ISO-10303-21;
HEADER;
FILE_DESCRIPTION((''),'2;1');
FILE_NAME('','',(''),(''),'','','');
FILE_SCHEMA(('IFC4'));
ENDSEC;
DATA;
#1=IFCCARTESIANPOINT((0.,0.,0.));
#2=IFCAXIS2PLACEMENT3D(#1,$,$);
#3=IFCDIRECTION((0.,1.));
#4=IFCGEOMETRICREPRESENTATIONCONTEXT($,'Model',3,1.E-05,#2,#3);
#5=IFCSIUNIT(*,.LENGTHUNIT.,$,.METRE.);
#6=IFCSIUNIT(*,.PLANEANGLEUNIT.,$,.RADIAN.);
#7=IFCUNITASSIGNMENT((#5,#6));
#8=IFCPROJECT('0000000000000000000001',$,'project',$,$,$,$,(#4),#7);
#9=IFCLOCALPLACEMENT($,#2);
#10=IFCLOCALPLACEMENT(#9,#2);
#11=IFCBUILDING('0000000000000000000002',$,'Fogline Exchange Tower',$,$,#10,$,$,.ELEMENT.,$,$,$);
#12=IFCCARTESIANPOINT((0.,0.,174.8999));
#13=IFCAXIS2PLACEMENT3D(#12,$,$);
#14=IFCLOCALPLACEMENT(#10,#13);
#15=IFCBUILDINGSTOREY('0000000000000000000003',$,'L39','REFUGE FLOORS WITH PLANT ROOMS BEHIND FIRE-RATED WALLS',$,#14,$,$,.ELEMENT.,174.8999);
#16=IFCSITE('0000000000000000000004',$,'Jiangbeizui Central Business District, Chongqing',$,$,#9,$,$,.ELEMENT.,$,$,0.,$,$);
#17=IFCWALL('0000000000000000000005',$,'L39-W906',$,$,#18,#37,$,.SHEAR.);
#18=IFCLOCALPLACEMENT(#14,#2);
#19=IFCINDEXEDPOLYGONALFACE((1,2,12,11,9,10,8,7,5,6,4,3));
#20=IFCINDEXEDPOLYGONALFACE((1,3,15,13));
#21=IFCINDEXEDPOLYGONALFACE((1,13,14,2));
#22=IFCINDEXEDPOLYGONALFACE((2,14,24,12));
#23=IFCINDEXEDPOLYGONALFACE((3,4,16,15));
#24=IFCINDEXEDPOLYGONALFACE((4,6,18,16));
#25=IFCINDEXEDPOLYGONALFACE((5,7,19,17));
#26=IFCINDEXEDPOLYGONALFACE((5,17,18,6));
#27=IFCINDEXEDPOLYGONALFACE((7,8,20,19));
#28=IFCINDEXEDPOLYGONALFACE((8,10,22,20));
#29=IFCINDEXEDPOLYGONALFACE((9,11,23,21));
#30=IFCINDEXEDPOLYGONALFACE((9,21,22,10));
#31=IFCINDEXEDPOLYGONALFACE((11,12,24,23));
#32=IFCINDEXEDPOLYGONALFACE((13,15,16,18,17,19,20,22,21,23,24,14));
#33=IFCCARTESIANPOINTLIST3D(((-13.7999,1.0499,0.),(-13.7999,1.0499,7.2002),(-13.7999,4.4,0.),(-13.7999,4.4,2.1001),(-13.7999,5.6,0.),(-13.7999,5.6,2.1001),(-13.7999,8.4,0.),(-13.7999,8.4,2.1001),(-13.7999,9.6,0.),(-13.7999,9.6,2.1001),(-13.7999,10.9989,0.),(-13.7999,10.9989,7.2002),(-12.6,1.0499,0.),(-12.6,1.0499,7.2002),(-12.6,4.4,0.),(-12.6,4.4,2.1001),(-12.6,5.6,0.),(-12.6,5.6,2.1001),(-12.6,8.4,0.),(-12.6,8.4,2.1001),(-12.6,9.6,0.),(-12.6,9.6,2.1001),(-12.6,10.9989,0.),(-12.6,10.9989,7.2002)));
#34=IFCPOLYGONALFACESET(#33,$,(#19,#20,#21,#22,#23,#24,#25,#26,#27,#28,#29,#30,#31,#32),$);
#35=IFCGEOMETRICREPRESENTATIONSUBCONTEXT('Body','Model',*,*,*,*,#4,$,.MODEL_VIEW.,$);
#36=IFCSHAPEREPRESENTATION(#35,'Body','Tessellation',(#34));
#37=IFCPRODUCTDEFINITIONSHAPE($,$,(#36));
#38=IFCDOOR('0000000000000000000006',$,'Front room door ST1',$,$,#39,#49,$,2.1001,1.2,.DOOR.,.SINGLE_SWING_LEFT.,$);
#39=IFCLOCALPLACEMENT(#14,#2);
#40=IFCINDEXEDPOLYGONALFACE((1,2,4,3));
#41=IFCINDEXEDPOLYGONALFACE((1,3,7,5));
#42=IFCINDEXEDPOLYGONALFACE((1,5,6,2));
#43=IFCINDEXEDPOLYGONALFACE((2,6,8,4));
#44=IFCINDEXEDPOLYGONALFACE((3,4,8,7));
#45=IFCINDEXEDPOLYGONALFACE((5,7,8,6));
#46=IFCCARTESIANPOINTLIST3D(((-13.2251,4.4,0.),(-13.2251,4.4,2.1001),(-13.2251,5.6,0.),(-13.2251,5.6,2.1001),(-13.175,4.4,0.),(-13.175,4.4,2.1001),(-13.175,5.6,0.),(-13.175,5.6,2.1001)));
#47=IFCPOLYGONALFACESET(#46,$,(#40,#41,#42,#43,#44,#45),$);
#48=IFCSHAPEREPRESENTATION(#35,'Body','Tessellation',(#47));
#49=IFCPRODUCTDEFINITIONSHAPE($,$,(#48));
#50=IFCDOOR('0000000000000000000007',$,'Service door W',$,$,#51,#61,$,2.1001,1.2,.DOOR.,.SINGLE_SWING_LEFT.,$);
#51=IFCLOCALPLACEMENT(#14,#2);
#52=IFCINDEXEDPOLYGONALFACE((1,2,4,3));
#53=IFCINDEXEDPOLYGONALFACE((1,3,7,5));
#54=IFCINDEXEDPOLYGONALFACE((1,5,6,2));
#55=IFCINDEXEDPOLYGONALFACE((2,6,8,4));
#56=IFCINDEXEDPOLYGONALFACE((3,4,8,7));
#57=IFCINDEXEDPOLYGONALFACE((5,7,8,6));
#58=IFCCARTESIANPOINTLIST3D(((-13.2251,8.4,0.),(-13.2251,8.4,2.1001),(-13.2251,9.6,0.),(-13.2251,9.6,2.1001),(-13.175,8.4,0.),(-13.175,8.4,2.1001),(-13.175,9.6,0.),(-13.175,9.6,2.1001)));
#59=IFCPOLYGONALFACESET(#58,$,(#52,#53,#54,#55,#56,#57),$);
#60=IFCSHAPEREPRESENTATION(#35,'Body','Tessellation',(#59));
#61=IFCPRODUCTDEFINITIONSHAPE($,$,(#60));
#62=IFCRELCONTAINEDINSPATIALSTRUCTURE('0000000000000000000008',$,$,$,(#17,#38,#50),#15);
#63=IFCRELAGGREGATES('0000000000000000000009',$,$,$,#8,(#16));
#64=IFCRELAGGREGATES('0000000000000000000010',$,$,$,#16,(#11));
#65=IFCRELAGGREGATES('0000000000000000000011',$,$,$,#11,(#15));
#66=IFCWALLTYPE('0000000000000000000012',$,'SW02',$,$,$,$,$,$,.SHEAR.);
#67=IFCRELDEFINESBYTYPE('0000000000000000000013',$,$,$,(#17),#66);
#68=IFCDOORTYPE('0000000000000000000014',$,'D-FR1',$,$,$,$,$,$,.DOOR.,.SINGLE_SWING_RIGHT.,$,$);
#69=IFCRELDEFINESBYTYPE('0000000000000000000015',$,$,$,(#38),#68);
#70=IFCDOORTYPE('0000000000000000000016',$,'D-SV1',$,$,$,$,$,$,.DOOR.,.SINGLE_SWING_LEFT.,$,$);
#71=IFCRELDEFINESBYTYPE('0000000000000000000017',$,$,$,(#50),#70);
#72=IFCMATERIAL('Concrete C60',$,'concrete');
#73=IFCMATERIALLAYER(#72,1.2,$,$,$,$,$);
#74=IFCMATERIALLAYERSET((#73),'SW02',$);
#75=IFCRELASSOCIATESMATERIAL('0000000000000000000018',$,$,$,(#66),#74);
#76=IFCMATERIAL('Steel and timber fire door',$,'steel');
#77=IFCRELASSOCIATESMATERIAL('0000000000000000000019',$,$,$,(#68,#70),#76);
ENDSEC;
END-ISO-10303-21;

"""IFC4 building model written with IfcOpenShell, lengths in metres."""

from ifc_helpers import new_model, si_unit, direction, frame, frame_2d, origin, place, context, subcontext, project, spatial, rectangle, extrude, material, layer, layer_set, type_object, element, fill, save


model = new_model("IFC4")

# Units and contexts
model_context = context("Model", 3, precision=1e-05, world=origin(), true_north=direction((0.0, 1.0)))
body_context = subcontext(model_context, "Body", "Model", "MODEL_VIEW")
ifc_project = project(units=[si_unit("LENGTHUNIT", "METRE"), si_unit("PLANEANGLEUNIT", "RADIAN")], contexts=[model_context])

# Site, building, storey
site_placement = place(None, origin())
site = spatial("IfcSite", under=ifc_project, at=site_placement, Name="Jiangbeizui Central Business District, Chongqing", CompositionType="ELEMENT", RefElevation=0.0)
building_placement = place(site_placement, origin())
building = spatial("IfcBuilding", under=site, at=building_placement, Name="Fogline Exchange Tower", CompositionType="ELEMENT")
storey_placement = place(building_placement, frame((0.0, 0.0, 174.8999)))
storey = spatial("IfcBuildingStorey", under=building, at=storey_placement, Name="L39", Description="REFUGE FLOORS WITH PLANT ROOMS BEHIND FIRE-RATED WALLS", CompositionType="ELEMENT", Elevation=174.8999)

# Shared definitions
ifc_material_1 = material(Name="Steel and timber fire door", Category="steel")

# Wall, openings, doors
ifc_material_2 = material(Name="Concrete C60", Category="concrete")
ifc_layer_1 = layer(ifc_material_2, 1.2)
ifc_layer_set_1 = layer_set([ifc_layer_1], Name="SW02")
wall_type_1 = type_object("IfcWallType", Name="SW02", PredefinedType="SHEAR", material=ifc_layer_set_1)
wall_1_placement = place(storey_placement, frame((-13.2, 10.999, 0.0), z_axis=(0.0, 0.0, 1.0), x_axis=(0.0, -1.0, 0.0)))
wall_1 = element("IfcWall", 1, at=wall_1_placement, inside=storey, type_object=wall_type_1, Name="L39-W906", PredefinedType="SHEAR", context=body_context, shape_type="SweptSolid", body=[
    extrude(rectangle(XDim=9.949, YDim=1.2, at=frame_2d((4.9746, 0.0))), origin(), (0.0, 0.0, 1.0), 7.2002),
])
opening_1_placement = place(wall_1_placement, frame((5.3989, 0.0, 0.0)))
opening_1 = element("IfcOpeningElement", 2, at=opening_1_placement, cuts=wall_1, PredefinedType="OPENING", context=body_context, shape_type="SweptSolid", body=[
    extrude(rectangle(XDim=1.2, YDim=2.1001, at=frame_2d((0.6001, 1.05))), frame((0.0, 0.6099, 0.0), z_axis=(0.0, -1.0, 0.0), x_axis=(1.0, 0.0, 0.0)), (0.0, 0.0, 1.0), 1.22),
])
opening_2_placement = place(wall_1_placement, frame((1.3989, 0.0, 0.0)))
opening_2 = element("IfcOpeningElement", 3, at=opening_2_placement, cuts=wall_1, PredefinedType="OPENING", context=body_context, shape_type="SweptSolid", body=[
    extrude(rectangle(XDim=1.2, YDim=2.1001, at=frame_2d((0.6001, 1.05))), frame((0.0, 0.6099, 0.0), z_axis=(0.0, -1.0, 0.0), x_axis=(1.0, 0.0, 0.0)), (0.0, 0.0, 1.0), 1.22),
])
door_type_1 = type_object("IfcDoorType", Name="D-FR1", OperationType="SINGLE_SWING_RIGHT", PredefinedType="DOOR", material=ifc_material_1)
door_1_placement = place(opening_1_placement, origin())
door_1 = element("IfcDoor", 4, at=door_1_placement, inside=storey, type_object=door_type_1, Name="Front room door ST1", OperationType="SINGLE_SWING_LEFT", OverallHeight=2.1001, OverallWidth=1.2, PredefinedType="DOOR", context=body_context, shape_type="SweptSolid", body=[
    extrude(rectangle(XDim=1.2, YDim=2.1001, at=frame_2d((0.6001, 1.05))), frame((0.0, 0.0249, 0.0), z_axis=(0.0, -1.0, 0.0), x_axis=(1.0, 0.0, 0.0)), (0.0, 0.0, 1.0), 0.05),
])
fill(opening_1, door_1)
door_type_2 = type_object("IfcDoorType", Name="D-SV1", OperationType="SINGLE_SWING_LEFT", PredefinedType="DOOR", material=ifc_material_1)
door_2_placement = place(opening_2_placement, origin())
door_2 = element("IfcDoor", 5, at=door_2_placement, inside=storey, type_object=door_type_2, Name="Service door W", OperationType="SINGLE_SWING_LEFT", OverallHeight=2.1001, OverallWidth=1.2, PredefinedType="DOOR", context=body_context, shape_type="SweptSolid", body=[
    extrude(rectangle(XDim=1.2, YDim=2.1001, at=frame_2d((0.6001, 1.05))), frame((0.0, 0.0249, 0.0), z_axis=(0.0, -1.0, 0.0), x_axis=(1.0, 0.0, 0.0)), (0.0, 0.0, 1.0), 0.05),
])
fill(opening_2, door_2)

save(model, "model.ifc")
